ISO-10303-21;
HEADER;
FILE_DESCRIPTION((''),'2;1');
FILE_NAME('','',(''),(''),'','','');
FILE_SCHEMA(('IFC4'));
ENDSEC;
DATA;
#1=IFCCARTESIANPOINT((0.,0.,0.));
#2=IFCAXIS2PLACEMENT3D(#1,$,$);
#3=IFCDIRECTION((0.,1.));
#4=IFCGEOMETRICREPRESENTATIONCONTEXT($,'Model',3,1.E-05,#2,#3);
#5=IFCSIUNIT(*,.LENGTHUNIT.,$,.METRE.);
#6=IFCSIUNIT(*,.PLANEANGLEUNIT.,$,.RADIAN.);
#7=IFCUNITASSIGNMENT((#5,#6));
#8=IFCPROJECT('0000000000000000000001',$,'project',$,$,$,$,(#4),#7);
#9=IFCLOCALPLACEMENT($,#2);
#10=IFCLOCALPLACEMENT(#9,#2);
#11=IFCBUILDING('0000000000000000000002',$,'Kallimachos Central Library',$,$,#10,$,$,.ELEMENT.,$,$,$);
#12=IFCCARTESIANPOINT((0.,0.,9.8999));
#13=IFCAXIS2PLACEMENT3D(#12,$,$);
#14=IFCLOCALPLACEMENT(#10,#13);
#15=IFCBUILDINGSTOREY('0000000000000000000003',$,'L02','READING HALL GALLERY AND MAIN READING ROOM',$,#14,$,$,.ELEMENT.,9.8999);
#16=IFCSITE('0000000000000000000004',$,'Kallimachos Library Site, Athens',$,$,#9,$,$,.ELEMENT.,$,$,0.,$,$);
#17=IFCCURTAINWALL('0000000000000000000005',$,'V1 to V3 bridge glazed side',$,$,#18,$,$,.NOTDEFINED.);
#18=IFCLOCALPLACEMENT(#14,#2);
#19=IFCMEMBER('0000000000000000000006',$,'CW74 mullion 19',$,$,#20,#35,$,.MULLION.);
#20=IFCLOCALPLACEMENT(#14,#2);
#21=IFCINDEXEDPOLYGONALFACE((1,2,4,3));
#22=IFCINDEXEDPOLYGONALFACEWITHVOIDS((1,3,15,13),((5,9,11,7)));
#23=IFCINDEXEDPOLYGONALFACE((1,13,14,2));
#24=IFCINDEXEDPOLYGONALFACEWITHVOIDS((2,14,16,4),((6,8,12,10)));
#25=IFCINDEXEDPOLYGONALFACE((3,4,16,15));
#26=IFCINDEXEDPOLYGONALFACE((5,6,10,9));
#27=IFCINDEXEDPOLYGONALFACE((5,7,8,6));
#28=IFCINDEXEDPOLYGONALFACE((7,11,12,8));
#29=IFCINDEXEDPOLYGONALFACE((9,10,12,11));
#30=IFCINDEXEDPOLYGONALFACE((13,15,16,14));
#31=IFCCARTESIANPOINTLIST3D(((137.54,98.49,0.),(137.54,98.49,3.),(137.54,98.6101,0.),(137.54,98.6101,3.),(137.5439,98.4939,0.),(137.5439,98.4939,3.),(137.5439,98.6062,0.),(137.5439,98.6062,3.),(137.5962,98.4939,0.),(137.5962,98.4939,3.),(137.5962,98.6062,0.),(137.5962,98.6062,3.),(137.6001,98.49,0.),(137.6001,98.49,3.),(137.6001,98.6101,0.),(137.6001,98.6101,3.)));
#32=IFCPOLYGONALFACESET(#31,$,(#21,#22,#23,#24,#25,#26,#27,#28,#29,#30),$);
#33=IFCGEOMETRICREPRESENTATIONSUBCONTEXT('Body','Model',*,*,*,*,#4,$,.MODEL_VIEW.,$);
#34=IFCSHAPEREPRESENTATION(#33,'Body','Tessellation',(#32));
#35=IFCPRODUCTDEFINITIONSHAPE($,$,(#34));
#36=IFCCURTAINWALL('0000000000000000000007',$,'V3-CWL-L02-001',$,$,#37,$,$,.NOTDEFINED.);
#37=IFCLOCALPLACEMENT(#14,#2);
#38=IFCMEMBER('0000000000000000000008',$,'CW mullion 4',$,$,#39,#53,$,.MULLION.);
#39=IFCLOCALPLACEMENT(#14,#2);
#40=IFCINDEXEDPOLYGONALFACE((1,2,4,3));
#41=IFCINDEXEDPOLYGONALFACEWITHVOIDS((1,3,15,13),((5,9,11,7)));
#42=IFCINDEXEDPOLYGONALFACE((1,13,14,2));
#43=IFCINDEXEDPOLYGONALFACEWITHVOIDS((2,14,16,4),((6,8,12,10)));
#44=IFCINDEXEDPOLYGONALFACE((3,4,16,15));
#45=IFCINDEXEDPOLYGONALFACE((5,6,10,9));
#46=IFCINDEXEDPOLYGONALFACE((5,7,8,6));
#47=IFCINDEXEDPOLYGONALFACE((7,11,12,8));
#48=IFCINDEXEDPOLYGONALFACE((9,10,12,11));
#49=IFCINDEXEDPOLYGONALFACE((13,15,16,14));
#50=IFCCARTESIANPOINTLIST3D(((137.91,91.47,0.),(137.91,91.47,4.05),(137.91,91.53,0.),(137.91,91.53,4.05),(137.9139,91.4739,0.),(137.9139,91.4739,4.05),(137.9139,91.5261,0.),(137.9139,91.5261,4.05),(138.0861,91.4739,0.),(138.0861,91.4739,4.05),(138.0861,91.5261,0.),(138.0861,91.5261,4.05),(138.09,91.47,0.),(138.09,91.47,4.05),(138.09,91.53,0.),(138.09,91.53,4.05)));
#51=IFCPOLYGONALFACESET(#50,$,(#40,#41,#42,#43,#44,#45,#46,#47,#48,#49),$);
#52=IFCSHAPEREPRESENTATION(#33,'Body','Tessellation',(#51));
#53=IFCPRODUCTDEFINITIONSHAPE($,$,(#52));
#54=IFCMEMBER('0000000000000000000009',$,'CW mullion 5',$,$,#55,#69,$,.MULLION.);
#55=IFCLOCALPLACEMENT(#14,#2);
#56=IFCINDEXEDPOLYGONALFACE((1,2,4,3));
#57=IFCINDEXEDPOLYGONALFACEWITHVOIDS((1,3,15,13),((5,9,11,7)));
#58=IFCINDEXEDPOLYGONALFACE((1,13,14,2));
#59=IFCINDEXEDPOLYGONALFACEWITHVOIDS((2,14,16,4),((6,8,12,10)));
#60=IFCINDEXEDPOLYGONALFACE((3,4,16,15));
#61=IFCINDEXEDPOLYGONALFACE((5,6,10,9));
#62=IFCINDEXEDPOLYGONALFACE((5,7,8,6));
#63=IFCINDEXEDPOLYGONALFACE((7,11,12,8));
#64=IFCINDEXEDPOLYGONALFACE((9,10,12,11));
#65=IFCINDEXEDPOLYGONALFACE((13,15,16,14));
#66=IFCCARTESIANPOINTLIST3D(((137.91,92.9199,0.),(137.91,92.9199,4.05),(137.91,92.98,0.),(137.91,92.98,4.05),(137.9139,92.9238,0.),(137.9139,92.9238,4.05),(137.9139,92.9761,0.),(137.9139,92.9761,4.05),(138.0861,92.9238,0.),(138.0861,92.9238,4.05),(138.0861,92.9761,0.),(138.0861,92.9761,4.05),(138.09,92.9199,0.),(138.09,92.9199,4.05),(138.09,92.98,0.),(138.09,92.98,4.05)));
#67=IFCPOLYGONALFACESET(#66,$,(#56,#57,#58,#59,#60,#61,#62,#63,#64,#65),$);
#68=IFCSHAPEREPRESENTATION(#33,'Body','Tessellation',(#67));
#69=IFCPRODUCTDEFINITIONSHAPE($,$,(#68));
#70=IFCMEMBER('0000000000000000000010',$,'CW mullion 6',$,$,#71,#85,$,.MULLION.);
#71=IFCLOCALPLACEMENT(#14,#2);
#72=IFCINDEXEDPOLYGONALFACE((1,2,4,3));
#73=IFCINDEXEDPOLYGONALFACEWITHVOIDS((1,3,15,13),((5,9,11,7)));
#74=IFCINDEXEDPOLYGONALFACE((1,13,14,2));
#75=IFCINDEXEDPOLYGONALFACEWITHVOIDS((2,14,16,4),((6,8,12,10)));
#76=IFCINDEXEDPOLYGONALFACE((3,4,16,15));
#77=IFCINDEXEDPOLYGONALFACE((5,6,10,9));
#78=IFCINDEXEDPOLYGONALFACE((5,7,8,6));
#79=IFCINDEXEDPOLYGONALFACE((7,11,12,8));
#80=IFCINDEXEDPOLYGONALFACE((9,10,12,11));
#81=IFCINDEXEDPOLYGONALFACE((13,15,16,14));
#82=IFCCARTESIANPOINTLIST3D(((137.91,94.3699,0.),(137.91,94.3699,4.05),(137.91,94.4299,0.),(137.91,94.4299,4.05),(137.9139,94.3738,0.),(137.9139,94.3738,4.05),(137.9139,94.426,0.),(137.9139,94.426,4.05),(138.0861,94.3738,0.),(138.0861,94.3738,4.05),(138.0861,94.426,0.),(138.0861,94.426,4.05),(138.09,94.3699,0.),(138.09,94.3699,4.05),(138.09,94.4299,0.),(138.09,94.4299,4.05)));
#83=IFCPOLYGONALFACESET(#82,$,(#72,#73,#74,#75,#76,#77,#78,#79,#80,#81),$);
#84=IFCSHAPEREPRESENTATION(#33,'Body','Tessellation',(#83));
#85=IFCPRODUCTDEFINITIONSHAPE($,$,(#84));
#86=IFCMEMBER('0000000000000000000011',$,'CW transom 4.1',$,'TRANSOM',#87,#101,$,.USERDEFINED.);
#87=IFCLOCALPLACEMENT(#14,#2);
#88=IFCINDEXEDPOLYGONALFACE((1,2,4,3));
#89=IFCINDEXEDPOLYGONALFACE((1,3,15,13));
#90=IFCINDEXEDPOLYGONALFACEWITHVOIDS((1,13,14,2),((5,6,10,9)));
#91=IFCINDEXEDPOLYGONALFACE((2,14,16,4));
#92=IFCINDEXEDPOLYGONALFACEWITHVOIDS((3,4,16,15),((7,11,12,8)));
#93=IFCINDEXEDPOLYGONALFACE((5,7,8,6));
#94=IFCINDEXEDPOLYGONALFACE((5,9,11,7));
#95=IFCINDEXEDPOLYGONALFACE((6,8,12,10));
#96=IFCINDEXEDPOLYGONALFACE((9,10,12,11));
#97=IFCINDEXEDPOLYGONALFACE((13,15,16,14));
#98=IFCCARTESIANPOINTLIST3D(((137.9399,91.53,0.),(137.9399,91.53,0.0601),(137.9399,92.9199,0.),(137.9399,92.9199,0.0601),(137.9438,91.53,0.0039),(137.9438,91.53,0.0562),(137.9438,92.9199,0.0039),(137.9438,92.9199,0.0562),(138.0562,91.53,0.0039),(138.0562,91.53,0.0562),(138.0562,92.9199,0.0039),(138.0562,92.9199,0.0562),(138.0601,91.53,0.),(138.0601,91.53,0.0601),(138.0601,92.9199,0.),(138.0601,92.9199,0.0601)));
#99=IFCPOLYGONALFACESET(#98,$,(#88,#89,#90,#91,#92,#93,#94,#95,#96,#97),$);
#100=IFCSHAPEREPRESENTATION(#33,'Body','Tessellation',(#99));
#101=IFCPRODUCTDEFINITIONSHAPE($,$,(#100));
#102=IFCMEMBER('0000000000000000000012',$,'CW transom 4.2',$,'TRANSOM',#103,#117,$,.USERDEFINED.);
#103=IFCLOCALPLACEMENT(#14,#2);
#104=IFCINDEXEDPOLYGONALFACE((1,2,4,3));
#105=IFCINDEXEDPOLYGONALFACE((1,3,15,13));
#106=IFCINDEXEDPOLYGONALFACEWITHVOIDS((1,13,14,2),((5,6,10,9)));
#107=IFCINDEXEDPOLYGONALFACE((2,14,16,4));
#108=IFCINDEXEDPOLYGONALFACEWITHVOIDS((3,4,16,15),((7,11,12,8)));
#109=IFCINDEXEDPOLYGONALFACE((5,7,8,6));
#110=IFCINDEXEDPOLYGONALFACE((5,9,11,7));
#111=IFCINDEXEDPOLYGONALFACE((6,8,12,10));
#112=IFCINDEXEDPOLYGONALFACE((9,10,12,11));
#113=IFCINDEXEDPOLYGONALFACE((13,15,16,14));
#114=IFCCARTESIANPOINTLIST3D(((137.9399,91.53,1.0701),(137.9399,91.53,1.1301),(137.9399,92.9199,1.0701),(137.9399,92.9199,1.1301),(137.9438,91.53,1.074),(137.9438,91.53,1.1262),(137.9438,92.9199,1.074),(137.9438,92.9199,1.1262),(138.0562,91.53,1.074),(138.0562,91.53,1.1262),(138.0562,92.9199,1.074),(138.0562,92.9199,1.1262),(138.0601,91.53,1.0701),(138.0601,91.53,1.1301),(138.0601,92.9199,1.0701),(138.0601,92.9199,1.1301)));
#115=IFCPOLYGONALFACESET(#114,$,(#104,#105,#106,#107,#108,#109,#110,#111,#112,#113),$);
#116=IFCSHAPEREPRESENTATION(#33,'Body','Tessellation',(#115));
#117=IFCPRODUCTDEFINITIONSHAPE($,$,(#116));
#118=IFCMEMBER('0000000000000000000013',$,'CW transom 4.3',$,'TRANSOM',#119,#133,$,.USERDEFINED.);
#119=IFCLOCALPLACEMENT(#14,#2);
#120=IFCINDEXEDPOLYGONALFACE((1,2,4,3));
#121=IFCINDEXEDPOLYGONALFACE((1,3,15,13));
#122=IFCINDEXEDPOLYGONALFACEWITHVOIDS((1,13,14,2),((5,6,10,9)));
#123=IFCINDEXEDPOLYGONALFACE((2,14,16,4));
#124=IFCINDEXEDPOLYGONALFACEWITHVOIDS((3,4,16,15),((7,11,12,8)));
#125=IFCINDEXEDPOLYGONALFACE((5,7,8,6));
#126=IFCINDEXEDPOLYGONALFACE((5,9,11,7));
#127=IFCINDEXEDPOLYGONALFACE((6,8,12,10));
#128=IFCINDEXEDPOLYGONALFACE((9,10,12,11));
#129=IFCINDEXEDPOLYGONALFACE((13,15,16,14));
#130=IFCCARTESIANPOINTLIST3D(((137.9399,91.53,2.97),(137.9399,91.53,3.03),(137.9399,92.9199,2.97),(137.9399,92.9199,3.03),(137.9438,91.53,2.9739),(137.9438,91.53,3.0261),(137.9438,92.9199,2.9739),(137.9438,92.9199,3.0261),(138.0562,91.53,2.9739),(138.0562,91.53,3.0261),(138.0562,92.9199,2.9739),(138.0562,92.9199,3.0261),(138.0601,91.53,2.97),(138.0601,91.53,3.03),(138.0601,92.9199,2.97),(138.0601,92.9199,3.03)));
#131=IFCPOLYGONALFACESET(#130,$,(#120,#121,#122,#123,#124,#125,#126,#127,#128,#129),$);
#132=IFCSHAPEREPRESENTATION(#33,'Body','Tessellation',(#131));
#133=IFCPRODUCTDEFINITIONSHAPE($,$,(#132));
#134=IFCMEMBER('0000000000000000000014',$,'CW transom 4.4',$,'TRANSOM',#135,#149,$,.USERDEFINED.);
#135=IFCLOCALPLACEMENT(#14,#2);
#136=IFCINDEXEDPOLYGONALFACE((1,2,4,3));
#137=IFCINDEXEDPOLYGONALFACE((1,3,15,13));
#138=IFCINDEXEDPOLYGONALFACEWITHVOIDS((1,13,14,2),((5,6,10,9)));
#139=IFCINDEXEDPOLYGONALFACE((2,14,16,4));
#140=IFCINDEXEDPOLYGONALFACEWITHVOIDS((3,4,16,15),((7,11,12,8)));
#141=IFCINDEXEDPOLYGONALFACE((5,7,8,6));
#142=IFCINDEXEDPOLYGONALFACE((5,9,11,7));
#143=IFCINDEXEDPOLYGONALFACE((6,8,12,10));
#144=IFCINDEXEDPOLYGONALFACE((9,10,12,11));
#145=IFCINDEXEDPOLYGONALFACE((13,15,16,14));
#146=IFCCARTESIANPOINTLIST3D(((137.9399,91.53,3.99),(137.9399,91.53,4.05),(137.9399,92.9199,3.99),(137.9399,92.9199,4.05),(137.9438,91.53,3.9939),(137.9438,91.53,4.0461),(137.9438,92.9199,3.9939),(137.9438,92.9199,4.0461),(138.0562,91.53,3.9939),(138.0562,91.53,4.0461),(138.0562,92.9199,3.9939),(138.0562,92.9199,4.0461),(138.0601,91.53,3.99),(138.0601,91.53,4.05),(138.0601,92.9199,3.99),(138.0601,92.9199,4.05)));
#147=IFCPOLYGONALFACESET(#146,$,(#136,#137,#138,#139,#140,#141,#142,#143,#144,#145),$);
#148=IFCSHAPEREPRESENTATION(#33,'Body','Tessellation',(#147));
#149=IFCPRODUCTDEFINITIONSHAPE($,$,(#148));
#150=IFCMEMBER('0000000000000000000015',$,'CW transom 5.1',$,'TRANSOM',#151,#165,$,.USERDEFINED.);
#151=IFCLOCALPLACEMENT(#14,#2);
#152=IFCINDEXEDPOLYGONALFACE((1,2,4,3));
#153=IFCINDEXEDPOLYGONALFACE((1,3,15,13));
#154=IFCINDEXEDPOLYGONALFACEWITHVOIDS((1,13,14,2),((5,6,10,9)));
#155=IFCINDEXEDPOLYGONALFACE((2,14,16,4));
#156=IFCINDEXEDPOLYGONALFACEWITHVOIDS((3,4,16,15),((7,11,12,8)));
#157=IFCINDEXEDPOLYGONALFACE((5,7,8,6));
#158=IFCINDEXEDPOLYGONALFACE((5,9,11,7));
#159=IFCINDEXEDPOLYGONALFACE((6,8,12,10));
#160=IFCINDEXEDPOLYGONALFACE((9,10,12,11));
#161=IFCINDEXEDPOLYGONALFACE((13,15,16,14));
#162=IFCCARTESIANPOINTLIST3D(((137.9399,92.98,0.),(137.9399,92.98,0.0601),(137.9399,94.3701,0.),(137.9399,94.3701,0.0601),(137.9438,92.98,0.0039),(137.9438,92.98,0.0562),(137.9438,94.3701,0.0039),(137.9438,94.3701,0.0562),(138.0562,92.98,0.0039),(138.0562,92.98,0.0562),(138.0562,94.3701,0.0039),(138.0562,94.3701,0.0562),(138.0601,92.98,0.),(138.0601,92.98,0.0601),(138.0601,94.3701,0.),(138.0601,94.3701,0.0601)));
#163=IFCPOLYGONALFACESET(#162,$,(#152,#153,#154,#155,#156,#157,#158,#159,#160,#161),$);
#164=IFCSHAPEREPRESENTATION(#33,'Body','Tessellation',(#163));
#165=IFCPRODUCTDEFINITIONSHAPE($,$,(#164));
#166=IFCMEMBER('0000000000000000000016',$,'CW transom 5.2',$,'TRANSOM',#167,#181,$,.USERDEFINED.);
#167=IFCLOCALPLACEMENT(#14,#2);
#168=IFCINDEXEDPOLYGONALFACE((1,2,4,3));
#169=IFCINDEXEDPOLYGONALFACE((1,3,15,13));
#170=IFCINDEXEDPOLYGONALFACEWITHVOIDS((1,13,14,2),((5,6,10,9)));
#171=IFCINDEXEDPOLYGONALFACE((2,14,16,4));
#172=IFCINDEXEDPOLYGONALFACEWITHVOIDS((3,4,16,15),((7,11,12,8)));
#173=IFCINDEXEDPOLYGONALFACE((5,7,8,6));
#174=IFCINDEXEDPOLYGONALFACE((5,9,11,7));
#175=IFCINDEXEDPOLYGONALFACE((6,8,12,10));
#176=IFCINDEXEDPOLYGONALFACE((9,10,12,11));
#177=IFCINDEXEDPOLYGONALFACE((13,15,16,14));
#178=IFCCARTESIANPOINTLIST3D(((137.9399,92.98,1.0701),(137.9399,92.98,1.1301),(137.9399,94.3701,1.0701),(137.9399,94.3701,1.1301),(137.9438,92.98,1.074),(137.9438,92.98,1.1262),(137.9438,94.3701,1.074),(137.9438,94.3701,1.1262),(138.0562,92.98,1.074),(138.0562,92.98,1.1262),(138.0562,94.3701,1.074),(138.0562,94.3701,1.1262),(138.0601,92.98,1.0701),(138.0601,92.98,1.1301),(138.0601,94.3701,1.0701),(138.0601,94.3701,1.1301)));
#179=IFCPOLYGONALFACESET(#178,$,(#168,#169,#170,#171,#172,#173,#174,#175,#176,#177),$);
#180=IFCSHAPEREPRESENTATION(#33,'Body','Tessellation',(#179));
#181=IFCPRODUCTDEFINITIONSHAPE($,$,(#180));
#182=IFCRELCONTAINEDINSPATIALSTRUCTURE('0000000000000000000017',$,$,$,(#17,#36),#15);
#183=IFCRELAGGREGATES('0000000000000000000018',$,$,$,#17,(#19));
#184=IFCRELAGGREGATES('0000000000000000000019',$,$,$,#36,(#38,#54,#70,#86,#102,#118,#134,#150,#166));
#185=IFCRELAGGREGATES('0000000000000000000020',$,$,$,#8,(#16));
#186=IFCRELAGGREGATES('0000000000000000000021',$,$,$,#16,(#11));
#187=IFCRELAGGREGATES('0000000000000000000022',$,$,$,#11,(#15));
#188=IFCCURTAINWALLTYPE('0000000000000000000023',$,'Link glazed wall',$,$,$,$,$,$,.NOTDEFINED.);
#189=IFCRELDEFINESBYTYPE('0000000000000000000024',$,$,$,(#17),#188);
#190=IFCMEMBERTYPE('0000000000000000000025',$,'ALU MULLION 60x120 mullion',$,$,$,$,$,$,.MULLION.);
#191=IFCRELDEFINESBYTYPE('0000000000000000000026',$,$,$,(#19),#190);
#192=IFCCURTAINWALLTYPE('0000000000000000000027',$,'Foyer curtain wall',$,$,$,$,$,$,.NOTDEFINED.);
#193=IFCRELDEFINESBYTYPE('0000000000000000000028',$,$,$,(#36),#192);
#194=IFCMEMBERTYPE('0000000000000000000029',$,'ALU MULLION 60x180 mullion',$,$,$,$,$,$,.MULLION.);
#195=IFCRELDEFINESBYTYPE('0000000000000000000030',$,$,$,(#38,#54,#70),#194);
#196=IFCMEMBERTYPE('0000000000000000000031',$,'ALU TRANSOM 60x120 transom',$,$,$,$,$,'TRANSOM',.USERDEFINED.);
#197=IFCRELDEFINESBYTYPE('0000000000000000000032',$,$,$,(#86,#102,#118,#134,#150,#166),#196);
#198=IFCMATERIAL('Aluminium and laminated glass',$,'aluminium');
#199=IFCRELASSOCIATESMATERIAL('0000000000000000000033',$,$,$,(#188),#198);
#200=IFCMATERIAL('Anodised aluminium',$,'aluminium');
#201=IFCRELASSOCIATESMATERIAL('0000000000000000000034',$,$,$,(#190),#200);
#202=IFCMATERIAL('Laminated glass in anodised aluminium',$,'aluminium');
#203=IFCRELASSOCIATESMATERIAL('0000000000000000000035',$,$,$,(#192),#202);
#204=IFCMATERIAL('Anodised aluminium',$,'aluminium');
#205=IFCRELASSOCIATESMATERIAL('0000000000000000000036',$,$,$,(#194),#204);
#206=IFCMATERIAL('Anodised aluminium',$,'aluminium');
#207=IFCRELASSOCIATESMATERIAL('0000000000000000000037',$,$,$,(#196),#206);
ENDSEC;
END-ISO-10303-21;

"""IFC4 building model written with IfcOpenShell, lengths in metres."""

from ifc_helpers import new_model, si_unit, direction, frame, origin, origin_2d, place, context, subcontext, project, spatial, hollow_rectangle, extrude, material, material_profile, profile_set, type_object, element, aggregate, save


model = new_model("IFC4")

# Units and contexts
model_context = context("Model", 3, precision=1e-05, world=origin(), true_north=direction((0.0, 1.0)))
body_context = subcontext(model_context, "Body", "Model", "MODEL_VIEW")
ifc_project = project(units=[si_unit("LENGTHUNIT", "METRE"), si_unit("PLANEANGLEUNIT", "RADIAN")], contexts=[model_context])

# Site, building, storey
site_placement = place(None, origin())
site = spatial("IfcSite", under=ifc_project, at=site_placement, Name="Kallimachos Library Site, Athens", CompositionType="ELEMENT", RefElevation=0.0)
building_placement = place(site_placement, origin())
building = spatial("IfcBuilding", under=site, at=building_placement, Name="Kallimachos Central Library", CompositionType="ELEMENT")
storey_placement = place(building_placement, frame((0.0, 0.0, 9.8999)))
storey = spatial("IfcBuildingStorey", under=building, at=storey_placement, Name="L02", Description="READING HALL GALLERY AND MAIN READING ROOM", CompositionType="ELEMENT", Elevation=9.8999)

# Curtain wall, member
ifc_material_1 = material(Name="Aluminium and laminated glass", Category="aluminium")
curtain_wall_type_1 = type_object("IfcCurtainWallType", Name="Link glazed wall", PredefinedType="NOTDEFINED", material=ifc_material_1)
curtain_wall_1_placement = place(storey_placement, origin())
curtain_wall_1 = element("IfcCurtainWall", 1, at=curtain_wall_1_placement, inside=storey, type_object=curtain_wall_type_1, Name="V1 to V3 bridge glazed side", PredefinedType="NOTDEFINED")
ifc_material_2 = material(Name="Anodised aluminium", Category="aluminium")
ifc_material_profile_1 = material_profile(ifc_material_2, hollow_rectangle(XDim=0.0601, YDim=0.1201, WallThickness=0.0039, at=origin_2d()), Name="ALU MULLION 60x120")
ifc_profile_set_1 = profile_set([ifc_material_profile_1], Name="Anodised aluminium")
member_type_1 = type_object("IfcMemberType", Name="ALU MULLION 60x120 mullion", PredefinedType="MULLION", material=ifc_profile_set_1)
member_1_placement = place(storey_placement, frame((137.5701, 98.55, 0.0), z_axis=(0.0, 0.0, 1.0), x_axis=(1.0, 0.0, 0.0)))
member_1 = element("IfcMember", 2, at=member_1_placement, type_object=member_type_1, Name="CW74 mullion 19", PredefinedType="MULLION", context=body_context, shape_type="SweptSolid", body=[
    extrude(hollow_rectangle(XDim=0.0601, YDim=0.1201, WallThickness=0.0039, at=origin_2d()), origin(), (0.0, 0.0, 1.0), 3.0),
])
aggregate(curtain_wall_1, [member_1])

# Curtain wall, members
ifc_material_3 = material(Name="Laminated glass in anodised aluminium", Category="aluminium")
curtain_wall_type_2 = type_object("IfcCurtainWallType", Name="Foyer curtain wall", PredefinedType="NOTDEFINED", material=ifc_material_3)
curtain_wall_2_placement = place(storey_placement, origin())
curtain_wall_2 = element("IfcCurtainWall", 3, at=curtain_wall_2_placement, inside=storey, type_object=curtain_wall_type_2, Name="V3-CWL-L02-001", PredefinedType="NOTDEFINED")
ifc_material_4 = material(Name="Anodised aluminium", Category="aluminium")
ifc_material_profile_2 = material_profile(ifc_material_4, hollow_rectangle(XDim=0.0601, YDim=0.1799, WallThickness=0.0039, at=origin_2d()), Name="ALU MULLION 60x180")
ifc_profile_set_2 = profile_set([ifc_material_profile_2], Name="Anodised aluminium")
member_type_2 = type_object("IfcMemberType", Name="ALU MULLION 60x180 mullion", PredefinedType="MULLION", material=ifc_profile_set_2)
member_2_placement = place(storey_placement, frame((138.0, 91.5, 0.0), z_axis=(0.0, 0.0, 1.0), x_axis=(0.0, 1.0, 0.0)))
member_2 = element("IfcMember", 4, at=member_2_placement, type_object=member_type_2, Name="CW mullion 4", PredefinedType="MULLION", context=body_context, shape_type="SweptSolid", body=[
    extrude(hollow_rectangle(XDim=0.0601, YDim=0.1799, WallThickness=0.0039, at=origin_2d()), origin(), (0.0, 0.0, 1.0), 4.05),
])
member_3_placement = place(storey_placement, frame((138.0, 92.95, 0.0), z_axis=(0.0, 0.0, 1.0), x_axis=(0.0, 1.0, 0.0)))
member_3 = element("IfcMember", 5, at=member_3_placement, type_object=member_type_2, Name="CW mullion 5", PredefinedType="MULLION", context=body_context, shape_type="SweptSolid", body=[
    extrude(hollow_rectangle(XDim=0.0601, YDim=0.1799, WallThickness=0.0039, at=origin_2d()), origin(), (0.0, 0.0, 1.0), 4.05),
])
member_4_placement = place(storey_placement, frame((138.0, 94.3999, 0.0), z_axis=(0.0, 0.0, 1.0), x_axis=(0.0, 1.0, 0.0)))
member_4 = element("IfcMember", 6, at=member_4_placement, type_object=member_type_2, Name="CW mullion 6", PredefinedType="MULLION", context=body_context, shape_type="SweptSolid", body=[
    extrude(hollow_rectangle(XDim=0.0601, YDim=0.1799, WallThickness=0.0039, at=origin_2d()), origin(), (0.0, 0.0, 1.0), 4.05),
])
ifc_material_5 = material(Name="Anodised aluminium", Category="aluminium")
ifc_material_profile_3 = material_profile(ifc_material_5, hollow_rectangle(XDim=0.0601, YDim=0.1201, WallThickness=0.0039, at=origin_2d()), Name="ALU TRANSOM 60x120")
ifc_profile_set_3 = profile_set([ifc_material_profile_3], Name="Anodised aluminium")
member_type_3 = type_object("IfcMemberType", Name="ALU TRANSOM 60x120 transom", ElementType="TRANSOM", PredefinedType="USERDEFINED", material=ifc_profile_set_3)
member_5_placement = place(storey_placement, frame((138.0, 91.53, 0.03), z_axis=(0.0, 1.0, 0.0), x_axis=(0.0, 0.0, 1.0)))
member_5 = element("IfcMember", 7, at=member_5_placement, type_object=member_type_3, Name="CW transom 4.1", ObjectType="TRANSOM", PredefinedType="USERDEFINED", context=body_context, shape_type="SweptSolid", body=[
    extrude(hollow_rectangle(XDim=0.0601, YDim=0.1201, WallThickness=0.0039, at=origin_2d()), origin(), (0.0, 0.0, 1.0), 1.3899),
])
member_6_placement = place(storey_placement, frame((138.0, 91.53, 1.1001), z_axis=(0.0, 1.0, 0.0), x_axis=(0.0, 0.0, 1.0)))
member_6 = element("IfcMember", 8, at=member_6_placement, type_object=member_type_3, Name="CW transom 4.2", ObjectType="TRANSOM", PredefinedType="USERDEFINED", context=body_context, shape_type="SweptSolid", body=[
    extrude(hollow_rectangle(XDim=0.0601, YDim=0.1201, WallThickness=0.0039, at=origin_2d()), origin(), (0.0, 0.0, 1.0), 1.3899),
])
member_7_placement = place(storey_placement, frame((138.0, 91.53, 3.0), z_axis=(0.0, 1.0, 0.0), x_axis=(0.0, 0.0, 1.0)))
member_7 = element("IfcMember", 9, at=member_7_placement, type_object=member_type_3, Name="CW transom 4.3", ObjectType="TRANSOM", PredefinedType="USERDEFINED", context=body_context, shape_type="SweptSolid", body=[
    extrude(hollow_rectangle(XDim=0.0601, YDim=0.1201, WallThickness=0.0039, at=origin_2d()), origin(), (0.0, 0.0, 1.0), 1.3899),
])
member_8_placement = place(storey_placement, frame((138.0, 91.53, 4.02), z_axis=(0.0, 1.0, 0.0), x_axis=(0.0, 0.0, 1.0)))
member_8 = element("IfcMember", 10, at=member_8_placement, type_object=member_type_3, Name="CW transom 4.4", ObjectType="TRANSOM", PredefinedType="USERDEFINED", context=body_context, shape_type="SweptSolid", body=[
    extrude(hollow_rectangle(XDim=0.0601, YDim=0.1201, WallThickness=0.0039, at=origin_2d()), origin(), (0.0, 0.0, 1.0), 1.3899),
])
member_9_placement = place(storey_placement, frame((138.0, 92.98, 0.03), z_axis=(0.0, 1.0, 0.0), x_axis=(0.0, 0.0, 1.0)))
member_9 = element("IfcMember", 11, at=member_9_placement, type_object=member_type_3, Name="CW transom 5.1", ObjectType="TRANSOM", PredefinedType="USERDEFINED", context=body_context, shape_type="SweptSolid", body=[
    extrude(hollow_rectangle(XDim=0.0601, YDim=0.1201, WallThickness=0.0039, at=origin_2d()), origin(), (0.0, 0.0, 1.0), 1.3901),
])
member_10_placement = place(storey_placement, frame((138.0, 92.98, 1.1001), z_axis=(0.0, 1.0, 0.0), x_axis=(0.0, 0.0, 1.0)))
member_10 = element("IfcMember", 12, at=member_10_placement, type_object=member_type_3, Name="CW transom 5.2", ObjectType="TRANSOM", PredefinedType="USERDEFINED", context=body_context, shape_type="SweptSolid", body=[
    extrude(hollow_rectangle(XDim=0.0601, YDim=0.1201, WallThickness=0.0039, at=origin_2d()), origin(), (0.0, 0.0, 1.0), 1.3901),
])
aggregate(curtain_wall_2, [member_2, member_3, member_4, member_5, member_6, member_7, member_8, member_9, member_10])

save(model, "model.ifc")
